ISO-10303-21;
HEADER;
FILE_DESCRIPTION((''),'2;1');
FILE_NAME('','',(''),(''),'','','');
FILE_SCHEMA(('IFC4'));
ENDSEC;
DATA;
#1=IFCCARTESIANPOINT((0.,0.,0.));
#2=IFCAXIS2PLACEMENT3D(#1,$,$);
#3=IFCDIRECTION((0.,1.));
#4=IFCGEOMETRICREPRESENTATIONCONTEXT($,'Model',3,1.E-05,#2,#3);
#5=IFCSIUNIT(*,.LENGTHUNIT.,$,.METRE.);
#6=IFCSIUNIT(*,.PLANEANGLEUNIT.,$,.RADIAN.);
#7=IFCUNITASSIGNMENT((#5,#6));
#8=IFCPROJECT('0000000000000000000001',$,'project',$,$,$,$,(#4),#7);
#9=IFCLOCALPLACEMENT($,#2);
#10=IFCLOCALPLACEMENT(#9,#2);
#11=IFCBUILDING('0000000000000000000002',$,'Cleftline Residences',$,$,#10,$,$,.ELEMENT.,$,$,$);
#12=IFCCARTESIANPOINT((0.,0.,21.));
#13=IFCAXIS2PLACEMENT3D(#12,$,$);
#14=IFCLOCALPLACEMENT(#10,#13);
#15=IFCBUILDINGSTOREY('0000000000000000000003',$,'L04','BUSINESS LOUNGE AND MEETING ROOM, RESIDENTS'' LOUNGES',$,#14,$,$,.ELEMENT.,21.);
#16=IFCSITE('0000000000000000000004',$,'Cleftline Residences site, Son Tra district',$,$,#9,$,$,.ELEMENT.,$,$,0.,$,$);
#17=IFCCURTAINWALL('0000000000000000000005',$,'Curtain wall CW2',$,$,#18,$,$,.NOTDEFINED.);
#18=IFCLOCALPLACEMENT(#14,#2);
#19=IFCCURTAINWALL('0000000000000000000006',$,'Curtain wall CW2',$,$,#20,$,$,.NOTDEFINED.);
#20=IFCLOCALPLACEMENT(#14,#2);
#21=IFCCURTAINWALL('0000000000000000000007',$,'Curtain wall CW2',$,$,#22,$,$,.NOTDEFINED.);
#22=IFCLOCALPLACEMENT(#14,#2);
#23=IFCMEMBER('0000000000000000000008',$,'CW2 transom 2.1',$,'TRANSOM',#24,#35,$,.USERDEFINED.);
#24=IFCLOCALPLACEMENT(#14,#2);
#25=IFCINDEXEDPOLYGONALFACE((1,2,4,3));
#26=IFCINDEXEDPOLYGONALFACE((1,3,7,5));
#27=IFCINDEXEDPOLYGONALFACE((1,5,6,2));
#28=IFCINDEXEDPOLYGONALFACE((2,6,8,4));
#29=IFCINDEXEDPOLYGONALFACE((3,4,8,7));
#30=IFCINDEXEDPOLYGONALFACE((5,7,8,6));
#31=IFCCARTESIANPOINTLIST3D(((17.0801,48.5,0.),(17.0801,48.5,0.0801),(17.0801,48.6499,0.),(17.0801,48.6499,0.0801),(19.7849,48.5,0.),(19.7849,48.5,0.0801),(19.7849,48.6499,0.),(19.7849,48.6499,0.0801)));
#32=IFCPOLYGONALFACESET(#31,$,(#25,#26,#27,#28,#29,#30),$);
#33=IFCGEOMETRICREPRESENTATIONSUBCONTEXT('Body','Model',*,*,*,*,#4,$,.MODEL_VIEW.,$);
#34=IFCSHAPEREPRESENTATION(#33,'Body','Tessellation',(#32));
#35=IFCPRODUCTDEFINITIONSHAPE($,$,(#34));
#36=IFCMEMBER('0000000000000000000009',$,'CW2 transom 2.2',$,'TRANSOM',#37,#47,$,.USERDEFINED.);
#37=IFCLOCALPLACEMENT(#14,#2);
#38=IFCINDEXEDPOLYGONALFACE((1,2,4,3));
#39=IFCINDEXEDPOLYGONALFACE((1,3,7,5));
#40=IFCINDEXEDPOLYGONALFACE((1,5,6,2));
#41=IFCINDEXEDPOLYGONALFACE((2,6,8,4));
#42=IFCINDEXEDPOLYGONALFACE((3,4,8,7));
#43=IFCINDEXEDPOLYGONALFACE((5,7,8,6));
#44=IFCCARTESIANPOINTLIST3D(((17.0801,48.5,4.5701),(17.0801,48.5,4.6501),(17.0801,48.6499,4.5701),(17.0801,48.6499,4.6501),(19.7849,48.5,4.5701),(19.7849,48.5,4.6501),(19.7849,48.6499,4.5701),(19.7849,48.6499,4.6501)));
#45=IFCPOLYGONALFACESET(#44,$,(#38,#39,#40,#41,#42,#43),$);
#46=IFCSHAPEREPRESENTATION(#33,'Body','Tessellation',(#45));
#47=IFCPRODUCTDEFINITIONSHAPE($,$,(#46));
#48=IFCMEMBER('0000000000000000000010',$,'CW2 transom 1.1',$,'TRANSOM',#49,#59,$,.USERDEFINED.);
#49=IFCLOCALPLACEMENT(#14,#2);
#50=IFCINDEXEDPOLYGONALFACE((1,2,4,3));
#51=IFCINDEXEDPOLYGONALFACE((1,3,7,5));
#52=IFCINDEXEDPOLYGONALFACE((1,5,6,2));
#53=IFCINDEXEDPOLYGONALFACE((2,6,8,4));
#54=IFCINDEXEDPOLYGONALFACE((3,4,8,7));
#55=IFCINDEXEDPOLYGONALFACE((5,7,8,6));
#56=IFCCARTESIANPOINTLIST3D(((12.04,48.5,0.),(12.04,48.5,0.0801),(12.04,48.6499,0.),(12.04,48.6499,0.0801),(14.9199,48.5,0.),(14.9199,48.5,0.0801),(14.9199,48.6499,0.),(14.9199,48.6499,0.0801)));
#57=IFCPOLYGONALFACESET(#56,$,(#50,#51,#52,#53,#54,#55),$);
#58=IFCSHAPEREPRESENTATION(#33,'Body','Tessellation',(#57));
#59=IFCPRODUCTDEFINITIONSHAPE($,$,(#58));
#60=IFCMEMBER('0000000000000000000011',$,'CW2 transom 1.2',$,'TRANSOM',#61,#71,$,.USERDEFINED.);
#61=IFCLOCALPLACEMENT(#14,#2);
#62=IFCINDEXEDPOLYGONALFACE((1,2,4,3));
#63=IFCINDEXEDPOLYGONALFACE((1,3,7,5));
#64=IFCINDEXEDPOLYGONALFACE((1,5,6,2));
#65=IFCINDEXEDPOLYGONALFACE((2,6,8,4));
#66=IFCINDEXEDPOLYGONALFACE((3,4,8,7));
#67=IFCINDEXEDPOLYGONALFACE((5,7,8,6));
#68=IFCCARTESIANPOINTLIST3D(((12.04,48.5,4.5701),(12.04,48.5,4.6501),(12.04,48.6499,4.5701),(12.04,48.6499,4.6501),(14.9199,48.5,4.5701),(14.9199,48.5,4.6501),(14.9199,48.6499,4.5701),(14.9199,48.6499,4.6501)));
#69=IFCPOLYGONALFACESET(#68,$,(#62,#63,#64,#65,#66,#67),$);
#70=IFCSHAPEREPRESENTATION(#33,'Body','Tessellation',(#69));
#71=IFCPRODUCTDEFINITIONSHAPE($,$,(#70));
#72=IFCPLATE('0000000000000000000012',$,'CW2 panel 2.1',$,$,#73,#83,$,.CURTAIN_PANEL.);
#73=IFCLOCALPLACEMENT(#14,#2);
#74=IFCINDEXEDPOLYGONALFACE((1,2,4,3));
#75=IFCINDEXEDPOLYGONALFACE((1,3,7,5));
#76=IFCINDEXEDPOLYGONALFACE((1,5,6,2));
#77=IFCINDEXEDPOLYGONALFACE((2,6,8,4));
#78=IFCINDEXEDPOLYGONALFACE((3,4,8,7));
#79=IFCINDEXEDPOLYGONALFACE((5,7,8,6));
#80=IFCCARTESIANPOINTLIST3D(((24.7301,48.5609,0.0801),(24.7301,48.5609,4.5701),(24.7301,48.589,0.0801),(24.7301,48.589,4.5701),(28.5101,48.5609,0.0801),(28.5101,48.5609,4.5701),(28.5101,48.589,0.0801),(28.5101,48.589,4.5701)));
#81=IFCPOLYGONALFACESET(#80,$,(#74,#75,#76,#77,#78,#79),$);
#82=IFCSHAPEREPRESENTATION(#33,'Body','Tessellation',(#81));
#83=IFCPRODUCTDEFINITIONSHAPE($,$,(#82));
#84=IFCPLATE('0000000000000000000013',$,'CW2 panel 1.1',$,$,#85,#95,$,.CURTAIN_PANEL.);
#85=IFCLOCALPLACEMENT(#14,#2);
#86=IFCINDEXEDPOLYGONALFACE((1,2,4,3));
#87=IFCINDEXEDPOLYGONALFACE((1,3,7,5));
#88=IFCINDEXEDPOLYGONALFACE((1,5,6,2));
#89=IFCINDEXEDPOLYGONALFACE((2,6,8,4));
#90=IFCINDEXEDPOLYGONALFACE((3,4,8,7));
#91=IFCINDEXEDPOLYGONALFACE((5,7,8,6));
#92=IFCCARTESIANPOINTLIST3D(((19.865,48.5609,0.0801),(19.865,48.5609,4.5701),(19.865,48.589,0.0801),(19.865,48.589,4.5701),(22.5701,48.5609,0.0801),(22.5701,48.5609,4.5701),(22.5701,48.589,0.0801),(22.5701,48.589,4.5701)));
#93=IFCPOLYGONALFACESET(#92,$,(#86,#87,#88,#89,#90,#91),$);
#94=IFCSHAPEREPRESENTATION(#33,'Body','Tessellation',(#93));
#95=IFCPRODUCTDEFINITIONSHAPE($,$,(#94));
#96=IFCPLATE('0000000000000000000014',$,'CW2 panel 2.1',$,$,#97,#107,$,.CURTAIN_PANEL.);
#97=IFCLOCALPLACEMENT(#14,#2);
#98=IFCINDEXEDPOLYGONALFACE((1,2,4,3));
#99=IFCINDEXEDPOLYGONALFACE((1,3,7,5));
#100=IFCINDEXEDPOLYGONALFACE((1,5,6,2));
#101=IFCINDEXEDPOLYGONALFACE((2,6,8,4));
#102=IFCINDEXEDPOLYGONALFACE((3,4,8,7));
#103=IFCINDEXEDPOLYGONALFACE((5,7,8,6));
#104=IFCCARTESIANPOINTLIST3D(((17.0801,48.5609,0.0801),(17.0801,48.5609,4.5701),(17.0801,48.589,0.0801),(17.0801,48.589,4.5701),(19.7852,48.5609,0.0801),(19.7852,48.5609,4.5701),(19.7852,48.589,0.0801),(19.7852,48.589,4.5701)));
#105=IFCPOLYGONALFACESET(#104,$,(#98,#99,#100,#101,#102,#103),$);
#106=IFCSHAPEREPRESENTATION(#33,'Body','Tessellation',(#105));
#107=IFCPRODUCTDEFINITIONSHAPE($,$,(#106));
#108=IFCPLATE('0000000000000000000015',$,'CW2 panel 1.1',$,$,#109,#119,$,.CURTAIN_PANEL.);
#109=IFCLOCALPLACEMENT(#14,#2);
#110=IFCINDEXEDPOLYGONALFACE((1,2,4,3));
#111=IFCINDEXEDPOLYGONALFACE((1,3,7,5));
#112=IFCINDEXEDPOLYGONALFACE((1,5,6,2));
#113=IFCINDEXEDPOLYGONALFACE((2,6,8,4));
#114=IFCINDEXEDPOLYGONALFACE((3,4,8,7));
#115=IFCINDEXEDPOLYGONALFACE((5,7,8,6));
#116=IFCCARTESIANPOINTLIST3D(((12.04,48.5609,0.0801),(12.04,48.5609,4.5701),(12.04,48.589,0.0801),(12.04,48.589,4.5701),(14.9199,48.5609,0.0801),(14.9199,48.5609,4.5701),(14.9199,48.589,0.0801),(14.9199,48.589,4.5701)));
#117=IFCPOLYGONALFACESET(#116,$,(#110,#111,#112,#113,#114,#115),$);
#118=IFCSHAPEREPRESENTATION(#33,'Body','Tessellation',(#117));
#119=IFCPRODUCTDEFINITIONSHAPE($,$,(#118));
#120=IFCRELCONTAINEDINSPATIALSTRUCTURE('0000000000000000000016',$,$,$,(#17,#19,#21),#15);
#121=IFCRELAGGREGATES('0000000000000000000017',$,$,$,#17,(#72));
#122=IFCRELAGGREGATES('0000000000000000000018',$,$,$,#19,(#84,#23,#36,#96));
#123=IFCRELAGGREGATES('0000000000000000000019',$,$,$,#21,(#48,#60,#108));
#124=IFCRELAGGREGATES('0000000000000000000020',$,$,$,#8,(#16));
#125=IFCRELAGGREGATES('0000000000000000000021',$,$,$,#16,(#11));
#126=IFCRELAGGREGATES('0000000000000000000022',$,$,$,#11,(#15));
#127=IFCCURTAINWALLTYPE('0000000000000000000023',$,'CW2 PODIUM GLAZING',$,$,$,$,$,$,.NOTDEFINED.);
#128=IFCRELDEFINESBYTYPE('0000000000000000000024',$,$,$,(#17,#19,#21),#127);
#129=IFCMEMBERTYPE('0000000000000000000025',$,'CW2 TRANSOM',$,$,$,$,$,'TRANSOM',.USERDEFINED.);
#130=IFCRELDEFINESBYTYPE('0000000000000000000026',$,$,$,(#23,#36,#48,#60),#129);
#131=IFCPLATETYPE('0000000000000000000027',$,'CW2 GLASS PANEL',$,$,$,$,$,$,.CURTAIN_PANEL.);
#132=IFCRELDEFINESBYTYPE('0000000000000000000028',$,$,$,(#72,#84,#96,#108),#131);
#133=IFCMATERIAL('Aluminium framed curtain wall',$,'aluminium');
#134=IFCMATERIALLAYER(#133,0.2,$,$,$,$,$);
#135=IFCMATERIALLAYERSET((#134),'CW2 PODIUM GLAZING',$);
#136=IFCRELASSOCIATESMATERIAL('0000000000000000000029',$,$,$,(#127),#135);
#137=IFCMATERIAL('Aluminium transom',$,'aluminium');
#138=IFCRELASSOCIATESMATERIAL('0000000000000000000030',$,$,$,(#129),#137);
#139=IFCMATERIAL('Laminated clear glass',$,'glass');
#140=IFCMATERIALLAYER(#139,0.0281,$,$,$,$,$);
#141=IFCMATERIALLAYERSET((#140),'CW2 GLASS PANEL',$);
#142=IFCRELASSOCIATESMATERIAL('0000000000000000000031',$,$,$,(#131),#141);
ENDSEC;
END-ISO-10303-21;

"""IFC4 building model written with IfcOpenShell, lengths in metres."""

from ifc_helpers import new_model, si_unit, direction, frame, origin, origin_2d, place, context, subcontext, project, spatial, rectangle, extrude, material, layer, layer_set, material_profile, profile_set, type_object, element, aggregate, save


model = new_model("IFC4")

# Units and contexts
model_context = context("Model", 3, precision=1e-05, world=origin(), true_north=direction((0.0, 1.0)))
body_context = subcontext(model_context, "Body", "Model", "MODEL_VIEW")
ifc_project = project(units=[si_unit("LENGTHUNIT", "METRE"), si_unit("PLANEANGLEUNIT", "RADIAN")], contexts=[model_context])

# Site, building, storey
site_placement = place(None, origin())
site = spatial("IfcSite", under=ifc_project, at=site_placement, Name="Cleftline Residences site, Son Tra district", CompositionType="ELEMENT", RefElevation=0.0)
building_placement = place(site_placement, origin())
building = spatial("IfcBuilding", under=site, at=building_placement, Name="Cleftline Residences", CompositionType="ELEMENT")
storey_placement = place(building_placement, frame((0.0, 0.0, 21.0)))
storey = spatial("IfcBuildingStorey", under=building, at=storey_placement, Name="L04", Description="BUSINESS LOUNGE AND MEETING ROOM, RESIDENTS' LOUNGES", CompositionType="ELEMENT", Elevation=21.0)

# Curtain walls
ifc_material_1 = material(Name="Aluminium framed curtain wall", Category="aluminium")
ifc_layer_1 = layer(ifc_material_1, 0.2)
ifc_layer_set_1 = layer_set([ifc_layer_1], Name="CW2 PODIUM GLAZING")
curtain_wall_type = type_object("IfcCurtainWallType", Name="CW2 PODIUM GLAZING", PredefinedType="NOTDEFINED", material=ifc_layer_set_1)
curtain_wall_1_placement = place(storey_placement, origin())
curtain_wall_1 = element("IfcCurtainWall", 1, at=curtain_wall_1_placement, inside=storey, type_object=curtain_wall_type, Name="Curtain wall CW2", PredefinedType="NOTDEFINED")
curtain_wall_2_placement = place(storey_placement, origin())
curtain_wall_2 = element("IfcCurtainWall", 2, at=curtain_wall_2_placement, inside=storey, type_object=curtain_wall_type, Name="Curtain wall CW2", PredefinedType="NOTDEFINED")

# Curtain wall
curtain_wall_3_placement = place(storey_placement, origin())
curtain_wall_3 = element("IfcCurtainWall", 3, at=curtain_wall_3_placement, inside=storey, type_object=curtain_wall_type, Name="Curtain wall CW2", PredefinedType="NOTDEFINED")

# Members
ifc_material_2 = material(Name="Aluminium transom", Category="aluminium")
ifc_material_profile_1 = material_profile(ifc_material_2, rectangle(XDim=0.1499, YDim=0.0801, at=origin_2d()))
ifc_profile_set_1 = profile_set([ifc_material_profile_1], Name="Aluminium transom")
member_type_1 = type_object("IfcMemberType", Name="CW2 TRANSOM", ElementType="TRANSOM", PredefinedType="USERDEFINED", material=ifc_profile_set_1)
member_1_placement = place(storey_placement, frame((19.7849, 48.575, 0.04), z_axis=(-1.0, 0.0, 0.0), x_axis=(0.0, -1.0, 0.0)))
member_1 = element("IfcMember", 4, at=member_1_placement, type_object=member_type_1, Name="CW2 transom 2.1", ObjectType="TRANSOM", PredefinedType="USERDEFINED", context=body_context, shape_type="SweptSolid", body=[
    extrude(rectangle(XDim=0.1499, YDim=0.0801, at=origin_2d()), origin(), (0.0, 0.0, 1.0), 2.7048),
])
member_2_placement = place(storey_placement, frame((19.7849, 48.575, 4.6101), z_axis=(-1.0, 0.0, 0.0), x_axis=(0.0, -1.0, 0.0)))
member_2 = element("IfcMember", 5, at=member_2_placement, type_object=member_type_1, Name="CW2 transom 2.2", ObjectType="TRANSOM", PredefinedType="USERDEFINED", context=body_context, shape_type="SweptSolid", body=[
    extrude(rectangle(XDim=0.1499, YDim=0.0801, at=origin_2d()), origin(), (0.0, 0.0, 1.0), 2.7048),
])
member_3_placement = place(storey_placement, frame((14.9199, 48.575, 0.04), z_axis=(-1.0, 0.0, 0.0), x_axis=(0.0, -1.0, 0.0)))
member_3 = element("IfcMember", 6, at=member_3_placement, type_object=member_type_1, Name="CW2 transom 1.1", ObjectType="TRANSOM", PredefinedType="USERDEFINED", context=body_context, shape_type="SweptSolid", body=[
    extrude(rectangle(XDim=0.1499, YDim=0.0801, at=origin_2d()), origin(), (0.0, 0.0, 1.0), 2.8799),
])
member_4_placement = place(storey_placement, frame((14.9199, 48.575, 4.6101), z_axis=(-1.0, 0.0, 0.0), x_axis=(0.0, -1.0, 0.0)))
member_4 = element("IfcMember", 7, at=member_4_placement, type_object=member_type_1, Name="CW2 transom 1.2", ObjectType="TRANSOM", PredefinedType="USERDEFINED", context=body_context, shape_type="SweptSolid", body=[
    extrude(rectangle(XDim=0.1499, YDim=0.0801, at=origin_2d()), origin(), (0.0, 0.0, 1.0), 2.8799),
])

# Plates
ifc_material_3 = material(Name="Laminated clear glass", Category="glass")
ifc_layer_2 = layer(ifc_material_3, 0.0281)
ifc_layer_set_2 = layer_set([ifc_layer_2], Name="CW2 GLASS PANEL")
plate_type = type_object("IfcPlateType", Name="CW2 GLASS PANEL", PredefinedType="CURTAIN_PANEL", material=ifc_layer_set_2)
plate_1_placement = place(storey_placement, frame((26.6201, 48.575, 0.0801), z_axis=(0.0, 0.0, 1.0), x_axis=(-1.0, 0.0, 0.0)))
plate_1 = element("IfcPlate", 8, at=plate_1_placement, type_object=plate_type, Name="CW2 panel 2.1", PredefinedType="CURTAIN_PANEL", context=body_context, shape_type="SweptSolid", body=[
    extrude(rectangle(XDim=3.78, YDim=0.0281, at=origin_2d()), origin(), (0.0, 0.0, 1.0), 4.49),
])
aggregate(curtain_wall_1, [plate_1])
plate_2_placement = place(storey_placement, frame((21.2175, 48.575, 0.0801), z_axis=(0.0, 0.0, 1.0), x_axis=(-1.0, 0.0, 0.0)))
plate_2 = element("IfcPlate", 9, at=plate_2_placement, type_object=plate_type, Name="CW2 panel 1.1", PredefinedType="CURTAIN_PANEL", context=body_context, shape_type="SweptSolid", body=[
    extrude(rectangle(XDim=2.7051, YDim=0.0281, at=origin_2d()), origin(), (0.0, 0.0, 1.0), 4.49),
])
plate_3_placement = place(storey_placement, frame((18.4326, 48.575, 0.0801), z_axis=(0.0, 0.0, 1.0), x_axis=(-1.0, 0.0, 0.0)))
plate_3 = element("IfcPlate", 10, at=plate_3_placement, type_object=plate_type, Name="CW2 panel 2.1", PredefinedType="CURTAIN_PANEL", context=body_context, shape_type="SweptSolid", body=[
    extrude(rectangle(XDim=2.7051, YDim=0.0281, at=origin_2d()), origin(), (0.0, 0.0, 1.0), 4.49),
])
aggregate(curtain_wall_2, [plate_2, member_1, member_2, plate_3])
plate_4_placement = place(storey_placement, frame((13.48, 48.575, 0.0801), z_axis=(0.0, 0.0, 1.0), x_axis=(-1.0, 0.0, 0.0)))
plate_4 = element("IfcPlate", 11, at=plate_4_placement, type_object=plate_type, Name="CW2 panel 1.1", PredefinedType="CURTAIN_PANEL", context=body_context, shape_type="SweptSolid", body=[
    extrude(rectangle(XDim=2.8799, YDim=0.0281, at=origin_2d()), origin(), (0.0, 0.0, 1.0), 4.49),
])
aggregate(curtain_wall_3, [member_3, member_4, plate_4])

save(model, "model.ifc")
